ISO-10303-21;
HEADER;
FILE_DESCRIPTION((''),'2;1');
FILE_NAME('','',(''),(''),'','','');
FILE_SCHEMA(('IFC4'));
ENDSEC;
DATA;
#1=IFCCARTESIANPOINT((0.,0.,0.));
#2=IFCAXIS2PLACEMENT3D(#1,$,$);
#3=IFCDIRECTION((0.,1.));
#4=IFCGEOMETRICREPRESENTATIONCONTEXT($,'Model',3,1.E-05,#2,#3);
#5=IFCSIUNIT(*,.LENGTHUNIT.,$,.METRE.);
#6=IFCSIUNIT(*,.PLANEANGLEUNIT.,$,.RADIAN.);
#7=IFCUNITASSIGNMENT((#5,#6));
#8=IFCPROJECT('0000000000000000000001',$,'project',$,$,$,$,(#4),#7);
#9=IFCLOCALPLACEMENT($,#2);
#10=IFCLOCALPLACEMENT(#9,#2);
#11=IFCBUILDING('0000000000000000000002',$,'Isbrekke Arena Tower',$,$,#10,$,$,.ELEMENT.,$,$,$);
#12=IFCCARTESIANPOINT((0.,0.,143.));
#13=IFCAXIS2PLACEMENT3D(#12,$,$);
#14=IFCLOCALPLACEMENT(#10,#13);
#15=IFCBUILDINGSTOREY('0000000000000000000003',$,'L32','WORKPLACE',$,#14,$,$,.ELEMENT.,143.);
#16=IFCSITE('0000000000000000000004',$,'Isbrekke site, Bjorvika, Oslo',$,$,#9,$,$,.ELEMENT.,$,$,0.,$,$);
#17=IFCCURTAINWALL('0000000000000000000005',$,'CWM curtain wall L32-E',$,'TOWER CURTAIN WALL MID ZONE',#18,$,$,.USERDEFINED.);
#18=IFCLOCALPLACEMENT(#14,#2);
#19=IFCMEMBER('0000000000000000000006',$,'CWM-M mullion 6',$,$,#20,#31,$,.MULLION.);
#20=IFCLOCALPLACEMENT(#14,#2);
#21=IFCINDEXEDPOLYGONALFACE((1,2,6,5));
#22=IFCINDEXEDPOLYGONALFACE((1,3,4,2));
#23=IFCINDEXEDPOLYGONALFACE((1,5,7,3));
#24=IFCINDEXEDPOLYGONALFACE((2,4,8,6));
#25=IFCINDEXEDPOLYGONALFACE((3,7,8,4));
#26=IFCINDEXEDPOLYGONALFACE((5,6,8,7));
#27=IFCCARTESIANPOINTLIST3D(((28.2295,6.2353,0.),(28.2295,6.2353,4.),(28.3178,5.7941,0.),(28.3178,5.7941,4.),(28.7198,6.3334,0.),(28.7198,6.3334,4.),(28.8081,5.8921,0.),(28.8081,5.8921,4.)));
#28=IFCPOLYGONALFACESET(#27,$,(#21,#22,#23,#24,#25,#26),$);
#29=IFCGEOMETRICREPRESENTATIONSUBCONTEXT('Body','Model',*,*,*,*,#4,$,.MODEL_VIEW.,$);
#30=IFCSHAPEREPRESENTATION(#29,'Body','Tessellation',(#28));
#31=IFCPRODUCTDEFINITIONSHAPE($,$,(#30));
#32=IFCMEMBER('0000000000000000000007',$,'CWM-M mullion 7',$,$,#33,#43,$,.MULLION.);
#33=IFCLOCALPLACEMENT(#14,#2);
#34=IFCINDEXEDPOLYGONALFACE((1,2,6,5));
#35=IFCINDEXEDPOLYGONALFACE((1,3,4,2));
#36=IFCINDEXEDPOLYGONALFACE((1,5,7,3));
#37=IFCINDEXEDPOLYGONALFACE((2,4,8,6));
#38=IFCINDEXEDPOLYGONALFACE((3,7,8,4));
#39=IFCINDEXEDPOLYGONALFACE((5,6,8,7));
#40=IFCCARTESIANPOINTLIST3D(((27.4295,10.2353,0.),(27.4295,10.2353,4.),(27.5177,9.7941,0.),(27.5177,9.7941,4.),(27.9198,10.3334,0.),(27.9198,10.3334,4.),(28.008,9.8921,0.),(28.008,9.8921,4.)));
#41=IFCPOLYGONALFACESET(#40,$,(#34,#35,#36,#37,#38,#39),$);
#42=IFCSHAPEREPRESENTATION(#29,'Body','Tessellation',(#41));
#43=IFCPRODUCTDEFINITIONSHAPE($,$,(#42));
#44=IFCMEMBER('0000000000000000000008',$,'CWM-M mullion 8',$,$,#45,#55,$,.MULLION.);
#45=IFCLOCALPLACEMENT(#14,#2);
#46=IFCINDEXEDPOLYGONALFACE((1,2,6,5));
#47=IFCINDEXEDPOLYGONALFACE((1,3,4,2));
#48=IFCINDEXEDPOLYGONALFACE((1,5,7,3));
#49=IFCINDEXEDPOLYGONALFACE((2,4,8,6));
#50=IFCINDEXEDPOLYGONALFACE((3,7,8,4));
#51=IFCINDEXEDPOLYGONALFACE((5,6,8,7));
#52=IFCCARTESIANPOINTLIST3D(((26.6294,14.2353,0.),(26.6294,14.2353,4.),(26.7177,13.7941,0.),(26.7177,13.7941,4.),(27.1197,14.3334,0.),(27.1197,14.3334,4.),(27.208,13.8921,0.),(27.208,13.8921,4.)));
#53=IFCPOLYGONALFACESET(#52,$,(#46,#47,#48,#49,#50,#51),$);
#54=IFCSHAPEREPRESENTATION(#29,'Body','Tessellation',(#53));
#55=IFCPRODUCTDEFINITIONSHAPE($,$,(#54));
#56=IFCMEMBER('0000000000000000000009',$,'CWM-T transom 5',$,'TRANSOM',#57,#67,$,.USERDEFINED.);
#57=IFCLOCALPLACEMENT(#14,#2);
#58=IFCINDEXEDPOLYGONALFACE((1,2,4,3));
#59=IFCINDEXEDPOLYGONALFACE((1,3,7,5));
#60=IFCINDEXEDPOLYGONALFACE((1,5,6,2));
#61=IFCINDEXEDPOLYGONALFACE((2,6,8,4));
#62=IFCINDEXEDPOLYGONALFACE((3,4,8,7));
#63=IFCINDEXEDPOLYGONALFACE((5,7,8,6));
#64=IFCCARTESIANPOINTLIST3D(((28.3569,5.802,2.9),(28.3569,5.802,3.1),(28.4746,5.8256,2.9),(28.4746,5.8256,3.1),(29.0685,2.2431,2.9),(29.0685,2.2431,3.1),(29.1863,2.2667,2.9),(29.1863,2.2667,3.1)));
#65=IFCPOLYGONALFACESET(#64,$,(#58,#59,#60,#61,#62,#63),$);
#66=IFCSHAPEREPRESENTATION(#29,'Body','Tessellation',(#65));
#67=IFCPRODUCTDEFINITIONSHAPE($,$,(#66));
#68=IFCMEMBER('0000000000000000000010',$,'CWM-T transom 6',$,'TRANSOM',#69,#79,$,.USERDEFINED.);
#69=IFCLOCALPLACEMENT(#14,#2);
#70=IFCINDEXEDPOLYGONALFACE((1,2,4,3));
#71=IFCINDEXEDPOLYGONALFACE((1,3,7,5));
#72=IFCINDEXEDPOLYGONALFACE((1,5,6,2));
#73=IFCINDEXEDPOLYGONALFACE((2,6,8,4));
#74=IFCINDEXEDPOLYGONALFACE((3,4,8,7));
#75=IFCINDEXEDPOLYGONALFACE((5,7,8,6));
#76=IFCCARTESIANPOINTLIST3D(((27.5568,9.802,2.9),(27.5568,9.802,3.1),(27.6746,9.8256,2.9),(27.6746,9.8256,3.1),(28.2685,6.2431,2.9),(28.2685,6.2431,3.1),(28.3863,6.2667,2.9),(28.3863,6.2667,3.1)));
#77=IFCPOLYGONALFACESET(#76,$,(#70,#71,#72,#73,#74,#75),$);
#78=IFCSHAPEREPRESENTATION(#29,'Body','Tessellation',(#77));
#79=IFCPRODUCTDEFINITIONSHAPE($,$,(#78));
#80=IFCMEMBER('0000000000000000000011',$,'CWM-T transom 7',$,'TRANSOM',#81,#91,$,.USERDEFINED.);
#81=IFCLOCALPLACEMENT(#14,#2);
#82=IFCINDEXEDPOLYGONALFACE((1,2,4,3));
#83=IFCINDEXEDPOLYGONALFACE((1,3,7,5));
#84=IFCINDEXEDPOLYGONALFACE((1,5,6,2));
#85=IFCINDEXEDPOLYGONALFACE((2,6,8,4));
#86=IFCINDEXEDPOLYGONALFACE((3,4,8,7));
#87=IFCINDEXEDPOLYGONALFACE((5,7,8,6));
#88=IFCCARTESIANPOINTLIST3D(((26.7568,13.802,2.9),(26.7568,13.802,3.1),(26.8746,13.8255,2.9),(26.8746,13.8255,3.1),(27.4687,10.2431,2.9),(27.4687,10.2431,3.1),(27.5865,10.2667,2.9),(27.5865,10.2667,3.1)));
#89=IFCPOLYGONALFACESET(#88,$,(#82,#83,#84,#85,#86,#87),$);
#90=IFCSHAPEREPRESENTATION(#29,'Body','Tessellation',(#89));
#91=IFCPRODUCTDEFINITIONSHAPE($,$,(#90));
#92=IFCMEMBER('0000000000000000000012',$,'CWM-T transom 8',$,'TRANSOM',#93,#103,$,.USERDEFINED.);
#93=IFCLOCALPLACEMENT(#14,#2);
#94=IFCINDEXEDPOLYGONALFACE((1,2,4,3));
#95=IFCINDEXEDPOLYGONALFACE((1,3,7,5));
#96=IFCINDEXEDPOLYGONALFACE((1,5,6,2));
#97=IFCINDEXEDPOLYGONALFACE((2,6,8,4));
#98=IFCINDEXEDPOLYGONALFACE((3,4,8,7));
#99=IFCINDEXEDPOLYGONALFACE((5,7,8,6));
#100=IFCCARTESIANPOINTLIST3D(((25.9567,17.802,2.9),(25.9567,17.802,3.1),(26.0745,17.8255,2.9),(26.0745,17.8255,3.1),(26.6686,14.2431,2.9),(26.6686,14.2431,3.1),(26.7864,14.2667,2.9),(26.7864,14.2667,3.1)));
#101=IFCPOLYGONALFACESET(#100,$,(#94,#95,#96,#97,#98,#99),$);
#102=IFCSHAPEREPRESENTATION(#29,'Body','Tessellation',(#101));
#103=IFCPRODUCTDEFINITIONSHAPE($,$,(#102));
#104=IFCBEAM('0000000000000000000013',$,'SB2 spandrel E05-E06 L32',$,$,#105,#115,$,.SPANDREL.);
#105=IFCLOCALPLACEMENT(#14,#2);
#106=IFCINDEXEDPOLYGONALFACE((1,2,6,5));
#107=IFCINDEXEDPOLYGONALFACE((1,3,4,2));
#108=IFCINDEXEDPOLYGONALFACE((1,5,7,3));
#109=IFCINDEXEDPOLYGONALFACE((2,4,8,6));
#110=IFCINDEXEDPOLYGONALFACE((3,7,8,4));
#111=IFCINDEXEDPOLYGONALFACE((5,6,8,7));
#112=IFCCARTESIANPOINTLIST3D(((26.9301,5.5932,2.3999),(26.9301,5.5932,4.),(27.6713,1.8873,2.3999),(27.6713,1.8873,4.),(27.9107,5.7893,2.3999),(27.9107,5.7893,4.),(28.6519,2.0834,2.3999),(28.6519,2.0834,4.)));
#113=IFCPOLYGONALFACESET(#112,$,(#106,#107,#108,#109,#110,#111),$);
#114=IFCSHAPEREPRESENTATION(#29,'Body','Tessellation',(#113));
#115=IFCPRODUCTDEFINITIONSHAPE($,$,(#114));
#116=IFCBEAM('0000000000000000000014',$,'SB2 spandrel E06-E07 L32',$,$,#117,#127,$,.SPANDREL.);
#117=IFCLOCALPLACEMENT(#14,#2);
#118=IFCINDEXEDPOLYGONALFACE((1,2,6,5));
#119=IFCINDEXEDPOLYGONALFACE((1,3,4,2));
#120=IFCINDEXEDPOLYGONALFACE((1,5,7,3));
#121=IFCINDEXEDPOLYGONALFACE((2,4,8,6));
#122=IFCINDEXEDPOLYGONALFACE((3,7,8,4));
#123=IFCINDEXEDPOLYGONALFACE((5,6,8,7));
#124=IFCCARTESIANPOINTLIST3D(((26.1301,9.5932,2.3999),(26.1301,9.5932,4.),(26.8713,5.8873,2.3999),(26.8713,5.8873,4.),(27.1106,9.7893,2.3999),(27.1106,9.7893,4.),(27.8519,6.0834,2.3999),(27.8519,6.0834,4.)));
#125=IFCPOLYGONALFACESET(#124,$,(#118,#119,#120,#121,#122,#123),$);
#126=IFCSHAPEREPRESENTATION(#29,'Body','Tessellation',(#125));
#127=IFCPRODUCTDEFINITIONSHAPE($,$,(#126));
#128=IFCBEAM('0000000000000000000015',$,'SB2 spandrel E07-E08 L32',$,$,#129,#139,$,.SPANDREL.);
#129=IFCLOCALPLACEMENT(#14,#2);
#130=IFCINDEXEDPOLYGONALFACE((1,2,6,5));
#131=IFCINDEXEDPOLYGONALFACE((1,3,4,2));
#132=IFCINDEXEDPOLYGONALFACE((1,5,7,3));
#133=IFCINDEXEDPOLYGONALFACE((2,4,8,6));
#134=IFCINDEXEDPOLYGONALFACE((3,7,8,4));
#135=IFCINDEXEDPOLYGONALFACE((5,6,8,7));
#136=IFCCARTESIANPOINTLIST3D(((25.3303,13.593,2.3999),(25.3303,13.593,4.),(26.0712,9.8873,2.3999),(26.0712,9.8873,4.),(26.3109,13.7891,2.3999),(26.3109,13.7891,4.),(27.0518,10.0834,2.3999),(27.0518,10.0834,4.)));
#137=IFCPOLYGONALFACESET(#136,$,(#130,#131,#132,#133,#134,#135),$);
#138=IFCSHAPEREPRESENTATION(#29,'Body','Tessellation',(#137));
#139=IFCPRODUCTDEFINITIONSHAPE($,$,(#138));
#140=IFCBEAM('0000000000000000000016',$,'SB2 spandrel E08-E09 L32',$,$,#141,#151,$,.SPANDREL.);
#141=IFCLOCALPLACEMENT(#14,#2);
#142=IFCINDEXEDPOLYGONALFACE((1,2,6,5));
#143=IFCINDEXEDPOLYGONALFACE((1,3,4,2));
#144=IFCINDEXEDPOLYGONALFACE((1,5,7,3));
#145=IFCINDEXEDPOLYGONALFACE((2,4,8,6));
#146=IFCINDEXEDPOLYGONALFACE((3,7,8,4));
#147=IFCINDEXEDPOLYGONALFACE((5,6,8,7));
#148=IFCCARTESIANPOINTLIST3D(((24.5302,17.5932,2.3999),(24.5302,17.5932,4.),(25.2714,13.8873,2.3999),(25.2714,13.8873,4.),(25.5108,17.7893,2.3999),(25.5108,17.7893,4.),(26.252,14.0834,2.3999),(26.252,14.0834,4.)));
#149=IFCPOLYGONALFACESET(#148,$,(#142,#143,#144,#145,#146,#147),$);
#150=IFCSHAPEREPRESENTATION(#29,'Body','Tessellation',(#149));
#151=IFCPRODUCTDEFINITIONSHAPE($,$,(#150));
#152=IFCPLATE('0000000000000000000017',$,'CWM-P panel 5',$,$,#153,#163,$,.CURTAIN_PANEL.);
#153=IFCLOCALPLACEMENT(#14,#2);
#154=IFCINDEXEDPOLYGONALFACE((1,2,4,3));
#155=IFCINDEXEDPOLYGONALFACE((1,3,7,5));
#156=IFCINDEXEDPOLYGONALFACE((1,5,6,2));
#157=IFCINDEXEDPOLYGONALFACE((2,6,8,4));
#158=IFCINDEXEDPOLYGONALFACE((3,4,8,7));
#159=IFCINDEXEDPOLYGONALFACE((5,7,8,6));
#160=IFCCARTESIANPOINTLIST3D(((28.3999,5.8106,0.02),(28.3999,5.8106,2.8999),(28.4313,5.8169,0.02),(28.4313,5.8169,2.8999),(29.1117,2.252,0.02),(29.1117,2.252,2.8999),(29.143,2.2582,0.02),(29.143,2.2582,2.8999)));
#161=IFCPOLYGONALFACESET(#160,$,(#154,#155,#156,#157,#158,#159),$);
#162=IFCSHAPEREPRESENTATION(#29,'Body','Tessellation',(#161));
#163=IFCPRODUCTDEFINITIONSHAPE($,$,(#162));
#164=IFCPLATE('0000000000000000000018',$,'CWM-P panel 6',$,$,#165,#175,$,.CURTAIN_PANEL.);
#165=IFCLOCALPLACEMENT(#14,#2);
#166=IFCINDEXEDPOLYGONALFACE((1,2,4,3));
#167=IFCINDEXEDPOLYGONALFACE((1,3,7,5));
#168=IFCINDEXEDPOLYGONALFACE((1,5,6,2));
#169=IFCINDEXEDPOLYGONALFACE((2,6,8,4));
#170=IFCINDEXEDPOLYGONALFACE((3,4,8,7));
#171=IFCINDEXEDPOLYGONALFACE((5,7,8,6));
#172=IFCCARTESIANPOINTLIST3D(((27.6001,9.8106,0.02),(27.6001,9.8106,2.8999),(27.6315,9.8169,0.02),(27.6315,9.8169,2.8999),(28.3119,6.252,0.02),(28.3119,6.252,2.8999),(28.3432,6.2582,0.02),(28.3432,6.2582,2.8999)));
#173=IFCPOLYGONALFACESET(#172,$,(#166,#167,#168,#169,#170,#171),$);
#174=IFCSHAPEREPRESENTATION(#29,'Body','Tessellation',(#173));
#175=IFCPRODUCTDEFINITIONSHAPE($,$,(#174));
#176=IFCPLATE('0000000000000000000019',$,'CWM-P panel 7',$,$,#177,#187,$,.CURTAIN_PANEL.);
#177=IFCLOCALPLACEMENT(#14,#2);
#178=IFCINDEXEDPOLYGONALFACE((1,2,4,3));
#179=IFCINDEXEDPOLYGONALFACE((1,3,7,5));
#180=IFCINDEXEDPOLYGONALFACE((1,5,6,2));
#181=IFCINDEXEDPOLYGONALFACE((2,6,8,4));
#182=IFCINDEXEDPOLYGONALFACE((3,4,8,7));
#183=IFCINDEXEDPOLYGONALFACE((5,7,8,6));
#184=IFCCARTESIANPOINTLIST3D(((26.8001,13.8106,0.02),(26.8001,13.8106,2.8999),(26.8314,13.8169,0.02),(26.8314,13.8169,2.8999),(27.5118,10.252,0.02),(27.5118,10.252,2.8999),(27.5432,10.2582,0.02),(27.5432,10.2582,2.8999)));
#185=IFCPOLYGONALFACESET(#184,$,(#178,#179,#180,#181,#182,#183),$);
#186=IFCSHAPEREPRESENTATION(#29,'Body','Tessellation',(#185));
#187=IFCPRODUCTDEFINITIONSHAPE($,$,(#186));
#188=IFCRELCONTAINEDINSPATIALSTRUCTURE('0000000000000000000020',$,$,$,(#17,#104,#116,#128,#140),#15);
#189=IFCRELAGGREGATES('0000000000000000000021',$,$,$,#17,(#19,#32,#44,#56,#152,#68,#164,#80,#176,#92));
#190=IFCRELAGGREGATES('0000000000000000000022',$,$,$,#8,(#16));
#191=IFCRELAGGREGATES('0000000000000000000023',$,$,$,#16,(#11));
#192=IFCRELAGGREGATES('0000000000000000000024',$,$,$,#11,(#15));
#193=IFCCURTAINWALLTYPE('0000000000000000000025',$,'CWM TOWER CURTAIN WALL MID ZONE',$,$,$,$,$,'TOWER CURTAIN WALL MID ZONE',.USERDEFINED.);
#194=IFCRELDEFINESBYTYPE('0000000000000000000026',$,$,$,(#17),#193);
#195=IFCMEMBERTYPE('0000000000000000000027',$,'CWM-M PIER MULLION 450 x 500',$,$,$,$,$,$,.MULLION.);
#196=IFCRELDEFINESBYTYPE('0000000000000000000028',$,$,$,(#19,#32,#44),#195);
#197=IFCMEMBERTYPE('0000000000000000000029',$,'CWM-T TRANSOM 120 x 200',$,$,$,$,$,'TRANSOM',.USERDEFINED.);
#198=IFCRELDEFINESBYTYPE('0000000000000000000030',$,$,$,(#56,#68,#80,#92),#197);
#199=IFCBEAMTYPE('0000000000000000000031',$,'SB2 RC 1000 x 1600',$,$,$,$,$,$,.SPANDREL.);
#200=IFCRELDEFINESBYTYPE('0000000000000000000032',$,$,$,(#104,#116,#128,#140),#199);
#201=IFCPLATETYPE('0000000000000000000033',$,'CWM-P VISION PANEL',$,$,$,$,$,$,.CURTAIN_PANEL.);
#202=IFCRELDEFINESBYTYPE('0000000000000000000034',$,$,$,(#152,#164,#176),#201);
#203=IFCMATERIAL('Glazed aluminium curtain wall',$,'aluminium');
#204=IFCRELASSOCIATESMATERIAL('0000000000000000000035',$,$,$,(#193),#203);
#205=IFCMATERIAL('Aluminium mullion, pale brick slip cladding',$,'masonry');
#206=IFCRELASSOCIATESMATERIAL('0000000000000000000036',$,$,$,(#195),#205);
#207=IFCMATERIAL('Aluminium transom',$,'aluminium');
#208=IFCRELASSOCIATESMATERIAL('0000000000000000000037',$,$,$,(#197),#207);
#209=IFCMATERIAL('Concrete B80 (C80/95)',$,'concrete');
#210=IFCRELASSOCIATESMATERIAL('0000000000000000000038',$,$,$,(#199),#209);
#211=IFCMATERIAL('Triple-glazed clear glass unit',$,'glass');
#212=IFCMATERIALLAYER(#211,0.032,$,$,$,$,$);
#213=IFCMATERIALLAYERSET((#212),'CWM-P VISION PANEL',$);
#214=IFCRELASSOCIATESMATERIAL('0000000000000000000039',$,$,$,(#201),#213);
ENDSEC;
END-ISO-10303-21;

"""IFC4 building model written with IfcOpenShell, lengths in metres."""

from ifc_helpers import new_model, si_unit, direction, frame, origin, origin_2d, place, context, subcontext, project, spatial, rectangle, extrude, material, layer, layer_set, material_profile, profile_set, type_object, element, aggregate, save


model = new_model("IFC4")

# Units and contexts
model_context = context("Model", 3, precision=1e-05, world=origin(), true_north=direction((0.0, 1.0)))
body_context = subcontext(model_context, "Body", "Model", "MODEL_VIEW")
ifc_project = project(units=[si_unit("LENGTHUNIT", "METRE"), si_unit("PLANEANGLEUNIT", "RADIAN")], contexts=[model_context])

# Site, building, storey
site_placement = place(None, origin())
site = spatial("IfcSite", under=ifc_project, at=site_placement, Name="Isbrekke site, Bjorvika, Oslo", CompositionType="ELEMENT", RefElevation=0.0)
building_placement = place(site_placement, origin())
building = spatial("IfcBuilding", under=site, at=building_placement, Name="Isbrekke Arena Tower", CompositionType="ELEMENT")
storey_placement = place(building_placement, frame((0.0, 0.0, 143.0)))
storey = spatial("IfcBuildingStorey", under=building, at=storey_placement, Name="L32", Description="WORKPLACE", CompositionType="ELEMENT", Elevation=143.0)

# Curtain wall, members
ifc_material_1 = material(Name="Glazed aluminium curtain wall", Category="aluminium")
curtain_wall_type = type_object("IfcCurtainWallType", Name="CWM TOWER CURTAIN WALL MID ZONE", ElementType="TOWER CURTAIN WALL MID ZONE", PredefinedType="USERDEFINED", material=ifc_material_1)
curtain_wall_placement = place(storey_placement, origin())
curtain_wall = element("IfcCurtainWall", 1, at=curtain_wall_placement, inside=storey, type_object=curtain_wall_type, Name="CWM curtain wall L32-E", ObjectType="TOWER CURTAIN WALL MID ZONE", PredefinedType="USERDEFINED")
ifc_material_2 = material(Name="Aluminium mullion, pale brick slip cladding", Category="masonry")
ifc_material_profile_1 = material_profile(ifc_material_2, rectangle(XDim=0.45, YDim=0.5, at=origin_2d()), Name="PIER 450X500")
ifc_profile_set_1 = profile_set([ifc_material_profile_1], Name="Aluminium mullion, pale brick slip cladding")
member_type_1 = type_object("IfcMemberType", Name="CWM-M PIER MULLION 450 x 500", PredefinedType="MULLION", material=ifc_profile_set_1)
member_1_placement = place(storey_placement, frame((28.5188, 6.0637, 0.0), z_axis=(0.0, 0.0, 1.0), x_axis=(-0.196116, 0.980581, 0.0)))
member_1 = element("IfcMember", 2, at=member_1_placement, type_object=member_type_1, Name="CWM-M mullion 6", PredefinedType="MULLION", context=body_context, shape_type="SweptSolid", body=[
    extrude(rectangle(XDim=0.45, YDim=0.5, at=origin_2d()), origin(), (0.0, 0.0, 1.0), 4.0),
])
member_2_placement = place(storey_placement, frame((27.7188, 10.0637, 0.0), z_axis=(0.0, 0.0, 1.0), x_axis=(-0.196116, 0.980581, 0.0)))
member_2 = element("IfcMember", 3, at=member_2_placement, type_object=member_type_1, Name="CWM-M mullion 7", PredefinedType="MULLION", context=body_context, shape_type="SweptSolid", body=[
    extrude(rectangle(XDim=0.45, YDim=0.5, at=origin_2d()), origin(), (0.0, 0.0, 1.0), 4.0),
])
member_3_placement = place(storey_placement, frame((26.9187, 14.0637, 0.0), z_axis=(0.0, 0.0, 1.0), x_axis=(-0.196116, 0.980581, 0.0)))
member_3 = element("IfcMember", 4, at=member_3_placement, type_object=member_type_1, Name="CWM-M mullion 8", PredefinedType="MULLION", context=body_context, shape_type="SweptSolid", body=[
    extrude(rectangle(XDim=0.45, YDim=0.5, at=origin_2d()), origin(), (0.0, 0.0, 1.0), 4.0),
])
ifc_material_3 = material(Name="Aluminium transom", Category="aluminium")
ifc_material_profile_2 = material_profile(ifc_material_3, rectangle(XDim=0.1201, YDim=0.2, at=origin_2d()), Name="TRANSOM 120X200")
ifc_profile_set_2 = profile_set([ifc_material_profile_2], Name="Aluminium transom")
member_type_2 = type_object("IfcMemberType", Name="CWM-T TRANSOM 120 x 200", ElementType="TRANSOM", PredefinedType="USERDEFINED", material=ifc_profile_set_2)
member_4_placement = place(storey_placement, frame((29.1274, 2.2549, 3.0), z_axis=(-0.19609, 0.980586, 0.0), x_axis=(-0.980586, -0.19609, 0.0)))
member_4 = element("IfcMember", 5, at=member_4_placement, type_object=member_type_2, Name="CWM-T transom 5", ObjectType="TRANSOM", PredefinedType="USERDEFINED", context=body_context, shape_type="SweptSolid", body=[
    extrude(rectangle(XDim=0.1201, YDim=0.2, at=origin_2d()), origin(), (0.0, 0.0, 1.0), 3.6294),
])
member_5_placement = place(storey_placement, frame((28.3274, 6.2549, 3.0), z_axis=(-0.19609, 0.980586, 0.0), x_axis=(-0.980586, -0.19609, 0.0)))
member_5 = element("IfcMember", 6, at=member_5_placement, type_object=member_type_2, Name="CWM-T transom 6", ObjectType="TRANSOM", PredefinedType="USERDEFINED", context=body_context, shape_type="SweptSolid", body=[
    extrude(rectangle(XDim=0.1201, YDim=0.2, at=origin_2d()), origin(), (0.0, 0.0, 1.0), 3.6294),
])
member_6_placement = place(storey_placement, frame((27.5276, 10.2549, 3.0), z_axis=(-0.196155, 0.980573, 0.0), x_axis=(-0.980573, -0.196155, 0.0)))
member_6 = element("IfcMember", 7, at=member_6_placement, type_object=member_type_2, Name="CWM-T transom 7", ObjectType="TRANSOM", PredefinedType="USERDEFINED", context=body_context, shape_type="SweptSolid", body=[
    extrude(rectangle(XDim=0.1201, YDim=0.2, at=origin_2d()), origin(), (0.0, 0.0, 1.0), 3.6294),
])
member_7_placement = place(storey_placement, frame((26.7275, 14.2549, 3.0), z_axis=(-0.196155, 0.980573, 0.0), x_axis=(-0.980573, -0.196155, 0.0)))
member_7 = element("IfcMember", 8, at=member_7_placement, type_object=member_type_2, Name="CWM-T transom 8", ObjectType="TRANSOM", PredefinedType="USERDEFINED", context=body_context, shape_type="SweptSolid", body=[
    extrude(rectangle(XDim=0.1201, YDim=0.2, at=origin_2d()), origin(), (0.0, 0.0, 1.0), 3.6294),
])

# Beams
ifc_material_4 = material(Name="Concrete B80 (C80/95)", Category="concrete")
ifc_material_profile_3 = material_profile(ifc_material_4, rectangle(XDim=1.0, YDim=1.6001, at=origin_2d()), Name="RC 1000x1600")
ifc_profile_set_3 = profile_set([ifc_material_profile_3], Name="Concrete B80 (C80/95)")
beam_type_1 = type_object("IfcBeamType", Name="SB2 RC 1000 x 1600", PredefinedType="SPANDREL", material=ifc_profile_set_3)
for number, where, z_axis, x_axis, name in (
    (9, (28.1616, 1.9854, 3.2), (-0.196129, 0.980578, 0.0), (-0.980578, -0.196129, 0.0), "SB2 spandrel E05-E06 L32"),
    (10, (27.3616, 5.9854, 3.2), (-0.196129, 0.980578, 0.0), (-0.980578, -0.196129, 0.0), "SB2 spandrel E06-E07 L32"),
):
    element("IfcBeam", number, at=place(storey_placement, frame(where, z_axis=z_axis, x_axis=x_axis)), inside=storey, type_object=beam_type_1, Name=name, PredefinedType="SPANDREL", context=body_context, shape_type="SweptSolid", body=[
        extrude(rectangle(XDim=1.0, YDim=1.6001, at=origin_2d()), origin(), (0.0, 0.0, 1.0), 3.7793),
    ])
beam_1_placement = place(storey_placement, frame((26.5615, 9.9854, 3.2), z_axis=(-0.196066, 0.980591, 0.0), x_axis=(-0.980591, -0.196066, 0.0)))
element("IfcBeam", 11, at=beam_1_placement, inside=storey, type_object=beam_type_1, Name="SB2 spandrel E07-E08 L32", PredefinedType="SPANDREL", context=body_context, shape_type="SweptSolid", body=[
    extrude(rectangle(XDim=1.0, YDim=1.6001, at=origin_2d()), origin(), (0.0, 0.0, 1.0), 3.7791),
])
beam_2_placement = place(storey_placement, frame((25.7617, 13.9854, 3.2), z_axis=(-0.196129, 0.980578, 0.0), x_axis=(-0.980578, -0.196129, 0.0)))
element("IfcBeam", 12, at=beam_2_placement, inside=storey, type_object=beam_type_1, Name="SB2 spandrel E08-E09 L32", PredefinedType="SPANDREL", context=body_context, shape_type="SweptSolid", body=[
    extrude(rectangle(XDim=1.0, YDim=1.6001, at=origin_2d()), origin(), (0.0, 0.0, 1.0), 3.7793),
])

# Plates
ifc_material_5 = material(Name="Triple-glazed clear glass unit", Category="glass")
ifc_layer_1 = layer(ifc_material_5, 0.032)
ifc_layer_set_1 = layer_set([ifc_layer_1], Name="CWM-P VISION PANEL")
plate_type = type_object("IfcPlateType", Name="CWM-P VISION PANEL", PredefinedType="CURTAIN_PANEL", material=ifc_layer_set_1)
plate_1_placement = place(storey_placement, frame((28.7715, 4.0344, 0.02), z_axis=(0.0, 0.0, 1.0), x_axis=(-0.196116, 0.980581, 0.0)))
plate_1 = element("IfcPlate", 13, at=plate_1_placement, type_object=plate_type, Name="CWM-P panel 5", PredefinedType="CURTAIN_PANEL", context=body_context, shape_type="SweptSolid", body=[
    extrude(rectangle(XDim=3.6292, YDim=0.032, at=origin_2d()), origin(), (0.0, 0.0, 1.0), 2.8799),
])
plate_2_placement = place(storey_placement, frame((27.9717, 8.0344, 0.02), z_axis=(0.0, 0.0, 1.0), x_axis=(-0.196116, 0.980581, 0.0)))
plate_2 = element("IfcPlate", 14, at=plate_2_placement, type_object=plate_type, Name="CWM-P panel 6", PredefinedType="CURTAIN_PANEL", context=body_context, shape_type="SweptSolid", body=[
    extrude(rectangle(XDim=3.6292, YDim=0.032, at=origin_2d()), origin(), (0.0, 0.0, 1.0), 2.8799),
])
plate_3_placement = place(storey_placement, frame((27.1716, 12.0344, 0.02), z_axis=(0.0, 0.0, 1.0), x_axis=(-0.196116, 0.980581, 0.0)))
plate_3 = element("IfcPlate", 15, at=plate_3_placement, type_object=plate_type, Name="CWM-P panel 7", PredefinedType="CURTAIN_PANEL", context=body_context, shape_type="SweptSolid", body=[
    extrude(rectangle(XDim=3.6292, YDim=0.032, at=origin_2d()), origin(), (0.0, 0.0, 1.0), 2.8799),
])
aggregate(curtain_wall, [member_1, member_2, member_3, member_4, plate_1, member_5, plate_2, member_6, plate_3, member_7])

save(model, "model.ifc")
